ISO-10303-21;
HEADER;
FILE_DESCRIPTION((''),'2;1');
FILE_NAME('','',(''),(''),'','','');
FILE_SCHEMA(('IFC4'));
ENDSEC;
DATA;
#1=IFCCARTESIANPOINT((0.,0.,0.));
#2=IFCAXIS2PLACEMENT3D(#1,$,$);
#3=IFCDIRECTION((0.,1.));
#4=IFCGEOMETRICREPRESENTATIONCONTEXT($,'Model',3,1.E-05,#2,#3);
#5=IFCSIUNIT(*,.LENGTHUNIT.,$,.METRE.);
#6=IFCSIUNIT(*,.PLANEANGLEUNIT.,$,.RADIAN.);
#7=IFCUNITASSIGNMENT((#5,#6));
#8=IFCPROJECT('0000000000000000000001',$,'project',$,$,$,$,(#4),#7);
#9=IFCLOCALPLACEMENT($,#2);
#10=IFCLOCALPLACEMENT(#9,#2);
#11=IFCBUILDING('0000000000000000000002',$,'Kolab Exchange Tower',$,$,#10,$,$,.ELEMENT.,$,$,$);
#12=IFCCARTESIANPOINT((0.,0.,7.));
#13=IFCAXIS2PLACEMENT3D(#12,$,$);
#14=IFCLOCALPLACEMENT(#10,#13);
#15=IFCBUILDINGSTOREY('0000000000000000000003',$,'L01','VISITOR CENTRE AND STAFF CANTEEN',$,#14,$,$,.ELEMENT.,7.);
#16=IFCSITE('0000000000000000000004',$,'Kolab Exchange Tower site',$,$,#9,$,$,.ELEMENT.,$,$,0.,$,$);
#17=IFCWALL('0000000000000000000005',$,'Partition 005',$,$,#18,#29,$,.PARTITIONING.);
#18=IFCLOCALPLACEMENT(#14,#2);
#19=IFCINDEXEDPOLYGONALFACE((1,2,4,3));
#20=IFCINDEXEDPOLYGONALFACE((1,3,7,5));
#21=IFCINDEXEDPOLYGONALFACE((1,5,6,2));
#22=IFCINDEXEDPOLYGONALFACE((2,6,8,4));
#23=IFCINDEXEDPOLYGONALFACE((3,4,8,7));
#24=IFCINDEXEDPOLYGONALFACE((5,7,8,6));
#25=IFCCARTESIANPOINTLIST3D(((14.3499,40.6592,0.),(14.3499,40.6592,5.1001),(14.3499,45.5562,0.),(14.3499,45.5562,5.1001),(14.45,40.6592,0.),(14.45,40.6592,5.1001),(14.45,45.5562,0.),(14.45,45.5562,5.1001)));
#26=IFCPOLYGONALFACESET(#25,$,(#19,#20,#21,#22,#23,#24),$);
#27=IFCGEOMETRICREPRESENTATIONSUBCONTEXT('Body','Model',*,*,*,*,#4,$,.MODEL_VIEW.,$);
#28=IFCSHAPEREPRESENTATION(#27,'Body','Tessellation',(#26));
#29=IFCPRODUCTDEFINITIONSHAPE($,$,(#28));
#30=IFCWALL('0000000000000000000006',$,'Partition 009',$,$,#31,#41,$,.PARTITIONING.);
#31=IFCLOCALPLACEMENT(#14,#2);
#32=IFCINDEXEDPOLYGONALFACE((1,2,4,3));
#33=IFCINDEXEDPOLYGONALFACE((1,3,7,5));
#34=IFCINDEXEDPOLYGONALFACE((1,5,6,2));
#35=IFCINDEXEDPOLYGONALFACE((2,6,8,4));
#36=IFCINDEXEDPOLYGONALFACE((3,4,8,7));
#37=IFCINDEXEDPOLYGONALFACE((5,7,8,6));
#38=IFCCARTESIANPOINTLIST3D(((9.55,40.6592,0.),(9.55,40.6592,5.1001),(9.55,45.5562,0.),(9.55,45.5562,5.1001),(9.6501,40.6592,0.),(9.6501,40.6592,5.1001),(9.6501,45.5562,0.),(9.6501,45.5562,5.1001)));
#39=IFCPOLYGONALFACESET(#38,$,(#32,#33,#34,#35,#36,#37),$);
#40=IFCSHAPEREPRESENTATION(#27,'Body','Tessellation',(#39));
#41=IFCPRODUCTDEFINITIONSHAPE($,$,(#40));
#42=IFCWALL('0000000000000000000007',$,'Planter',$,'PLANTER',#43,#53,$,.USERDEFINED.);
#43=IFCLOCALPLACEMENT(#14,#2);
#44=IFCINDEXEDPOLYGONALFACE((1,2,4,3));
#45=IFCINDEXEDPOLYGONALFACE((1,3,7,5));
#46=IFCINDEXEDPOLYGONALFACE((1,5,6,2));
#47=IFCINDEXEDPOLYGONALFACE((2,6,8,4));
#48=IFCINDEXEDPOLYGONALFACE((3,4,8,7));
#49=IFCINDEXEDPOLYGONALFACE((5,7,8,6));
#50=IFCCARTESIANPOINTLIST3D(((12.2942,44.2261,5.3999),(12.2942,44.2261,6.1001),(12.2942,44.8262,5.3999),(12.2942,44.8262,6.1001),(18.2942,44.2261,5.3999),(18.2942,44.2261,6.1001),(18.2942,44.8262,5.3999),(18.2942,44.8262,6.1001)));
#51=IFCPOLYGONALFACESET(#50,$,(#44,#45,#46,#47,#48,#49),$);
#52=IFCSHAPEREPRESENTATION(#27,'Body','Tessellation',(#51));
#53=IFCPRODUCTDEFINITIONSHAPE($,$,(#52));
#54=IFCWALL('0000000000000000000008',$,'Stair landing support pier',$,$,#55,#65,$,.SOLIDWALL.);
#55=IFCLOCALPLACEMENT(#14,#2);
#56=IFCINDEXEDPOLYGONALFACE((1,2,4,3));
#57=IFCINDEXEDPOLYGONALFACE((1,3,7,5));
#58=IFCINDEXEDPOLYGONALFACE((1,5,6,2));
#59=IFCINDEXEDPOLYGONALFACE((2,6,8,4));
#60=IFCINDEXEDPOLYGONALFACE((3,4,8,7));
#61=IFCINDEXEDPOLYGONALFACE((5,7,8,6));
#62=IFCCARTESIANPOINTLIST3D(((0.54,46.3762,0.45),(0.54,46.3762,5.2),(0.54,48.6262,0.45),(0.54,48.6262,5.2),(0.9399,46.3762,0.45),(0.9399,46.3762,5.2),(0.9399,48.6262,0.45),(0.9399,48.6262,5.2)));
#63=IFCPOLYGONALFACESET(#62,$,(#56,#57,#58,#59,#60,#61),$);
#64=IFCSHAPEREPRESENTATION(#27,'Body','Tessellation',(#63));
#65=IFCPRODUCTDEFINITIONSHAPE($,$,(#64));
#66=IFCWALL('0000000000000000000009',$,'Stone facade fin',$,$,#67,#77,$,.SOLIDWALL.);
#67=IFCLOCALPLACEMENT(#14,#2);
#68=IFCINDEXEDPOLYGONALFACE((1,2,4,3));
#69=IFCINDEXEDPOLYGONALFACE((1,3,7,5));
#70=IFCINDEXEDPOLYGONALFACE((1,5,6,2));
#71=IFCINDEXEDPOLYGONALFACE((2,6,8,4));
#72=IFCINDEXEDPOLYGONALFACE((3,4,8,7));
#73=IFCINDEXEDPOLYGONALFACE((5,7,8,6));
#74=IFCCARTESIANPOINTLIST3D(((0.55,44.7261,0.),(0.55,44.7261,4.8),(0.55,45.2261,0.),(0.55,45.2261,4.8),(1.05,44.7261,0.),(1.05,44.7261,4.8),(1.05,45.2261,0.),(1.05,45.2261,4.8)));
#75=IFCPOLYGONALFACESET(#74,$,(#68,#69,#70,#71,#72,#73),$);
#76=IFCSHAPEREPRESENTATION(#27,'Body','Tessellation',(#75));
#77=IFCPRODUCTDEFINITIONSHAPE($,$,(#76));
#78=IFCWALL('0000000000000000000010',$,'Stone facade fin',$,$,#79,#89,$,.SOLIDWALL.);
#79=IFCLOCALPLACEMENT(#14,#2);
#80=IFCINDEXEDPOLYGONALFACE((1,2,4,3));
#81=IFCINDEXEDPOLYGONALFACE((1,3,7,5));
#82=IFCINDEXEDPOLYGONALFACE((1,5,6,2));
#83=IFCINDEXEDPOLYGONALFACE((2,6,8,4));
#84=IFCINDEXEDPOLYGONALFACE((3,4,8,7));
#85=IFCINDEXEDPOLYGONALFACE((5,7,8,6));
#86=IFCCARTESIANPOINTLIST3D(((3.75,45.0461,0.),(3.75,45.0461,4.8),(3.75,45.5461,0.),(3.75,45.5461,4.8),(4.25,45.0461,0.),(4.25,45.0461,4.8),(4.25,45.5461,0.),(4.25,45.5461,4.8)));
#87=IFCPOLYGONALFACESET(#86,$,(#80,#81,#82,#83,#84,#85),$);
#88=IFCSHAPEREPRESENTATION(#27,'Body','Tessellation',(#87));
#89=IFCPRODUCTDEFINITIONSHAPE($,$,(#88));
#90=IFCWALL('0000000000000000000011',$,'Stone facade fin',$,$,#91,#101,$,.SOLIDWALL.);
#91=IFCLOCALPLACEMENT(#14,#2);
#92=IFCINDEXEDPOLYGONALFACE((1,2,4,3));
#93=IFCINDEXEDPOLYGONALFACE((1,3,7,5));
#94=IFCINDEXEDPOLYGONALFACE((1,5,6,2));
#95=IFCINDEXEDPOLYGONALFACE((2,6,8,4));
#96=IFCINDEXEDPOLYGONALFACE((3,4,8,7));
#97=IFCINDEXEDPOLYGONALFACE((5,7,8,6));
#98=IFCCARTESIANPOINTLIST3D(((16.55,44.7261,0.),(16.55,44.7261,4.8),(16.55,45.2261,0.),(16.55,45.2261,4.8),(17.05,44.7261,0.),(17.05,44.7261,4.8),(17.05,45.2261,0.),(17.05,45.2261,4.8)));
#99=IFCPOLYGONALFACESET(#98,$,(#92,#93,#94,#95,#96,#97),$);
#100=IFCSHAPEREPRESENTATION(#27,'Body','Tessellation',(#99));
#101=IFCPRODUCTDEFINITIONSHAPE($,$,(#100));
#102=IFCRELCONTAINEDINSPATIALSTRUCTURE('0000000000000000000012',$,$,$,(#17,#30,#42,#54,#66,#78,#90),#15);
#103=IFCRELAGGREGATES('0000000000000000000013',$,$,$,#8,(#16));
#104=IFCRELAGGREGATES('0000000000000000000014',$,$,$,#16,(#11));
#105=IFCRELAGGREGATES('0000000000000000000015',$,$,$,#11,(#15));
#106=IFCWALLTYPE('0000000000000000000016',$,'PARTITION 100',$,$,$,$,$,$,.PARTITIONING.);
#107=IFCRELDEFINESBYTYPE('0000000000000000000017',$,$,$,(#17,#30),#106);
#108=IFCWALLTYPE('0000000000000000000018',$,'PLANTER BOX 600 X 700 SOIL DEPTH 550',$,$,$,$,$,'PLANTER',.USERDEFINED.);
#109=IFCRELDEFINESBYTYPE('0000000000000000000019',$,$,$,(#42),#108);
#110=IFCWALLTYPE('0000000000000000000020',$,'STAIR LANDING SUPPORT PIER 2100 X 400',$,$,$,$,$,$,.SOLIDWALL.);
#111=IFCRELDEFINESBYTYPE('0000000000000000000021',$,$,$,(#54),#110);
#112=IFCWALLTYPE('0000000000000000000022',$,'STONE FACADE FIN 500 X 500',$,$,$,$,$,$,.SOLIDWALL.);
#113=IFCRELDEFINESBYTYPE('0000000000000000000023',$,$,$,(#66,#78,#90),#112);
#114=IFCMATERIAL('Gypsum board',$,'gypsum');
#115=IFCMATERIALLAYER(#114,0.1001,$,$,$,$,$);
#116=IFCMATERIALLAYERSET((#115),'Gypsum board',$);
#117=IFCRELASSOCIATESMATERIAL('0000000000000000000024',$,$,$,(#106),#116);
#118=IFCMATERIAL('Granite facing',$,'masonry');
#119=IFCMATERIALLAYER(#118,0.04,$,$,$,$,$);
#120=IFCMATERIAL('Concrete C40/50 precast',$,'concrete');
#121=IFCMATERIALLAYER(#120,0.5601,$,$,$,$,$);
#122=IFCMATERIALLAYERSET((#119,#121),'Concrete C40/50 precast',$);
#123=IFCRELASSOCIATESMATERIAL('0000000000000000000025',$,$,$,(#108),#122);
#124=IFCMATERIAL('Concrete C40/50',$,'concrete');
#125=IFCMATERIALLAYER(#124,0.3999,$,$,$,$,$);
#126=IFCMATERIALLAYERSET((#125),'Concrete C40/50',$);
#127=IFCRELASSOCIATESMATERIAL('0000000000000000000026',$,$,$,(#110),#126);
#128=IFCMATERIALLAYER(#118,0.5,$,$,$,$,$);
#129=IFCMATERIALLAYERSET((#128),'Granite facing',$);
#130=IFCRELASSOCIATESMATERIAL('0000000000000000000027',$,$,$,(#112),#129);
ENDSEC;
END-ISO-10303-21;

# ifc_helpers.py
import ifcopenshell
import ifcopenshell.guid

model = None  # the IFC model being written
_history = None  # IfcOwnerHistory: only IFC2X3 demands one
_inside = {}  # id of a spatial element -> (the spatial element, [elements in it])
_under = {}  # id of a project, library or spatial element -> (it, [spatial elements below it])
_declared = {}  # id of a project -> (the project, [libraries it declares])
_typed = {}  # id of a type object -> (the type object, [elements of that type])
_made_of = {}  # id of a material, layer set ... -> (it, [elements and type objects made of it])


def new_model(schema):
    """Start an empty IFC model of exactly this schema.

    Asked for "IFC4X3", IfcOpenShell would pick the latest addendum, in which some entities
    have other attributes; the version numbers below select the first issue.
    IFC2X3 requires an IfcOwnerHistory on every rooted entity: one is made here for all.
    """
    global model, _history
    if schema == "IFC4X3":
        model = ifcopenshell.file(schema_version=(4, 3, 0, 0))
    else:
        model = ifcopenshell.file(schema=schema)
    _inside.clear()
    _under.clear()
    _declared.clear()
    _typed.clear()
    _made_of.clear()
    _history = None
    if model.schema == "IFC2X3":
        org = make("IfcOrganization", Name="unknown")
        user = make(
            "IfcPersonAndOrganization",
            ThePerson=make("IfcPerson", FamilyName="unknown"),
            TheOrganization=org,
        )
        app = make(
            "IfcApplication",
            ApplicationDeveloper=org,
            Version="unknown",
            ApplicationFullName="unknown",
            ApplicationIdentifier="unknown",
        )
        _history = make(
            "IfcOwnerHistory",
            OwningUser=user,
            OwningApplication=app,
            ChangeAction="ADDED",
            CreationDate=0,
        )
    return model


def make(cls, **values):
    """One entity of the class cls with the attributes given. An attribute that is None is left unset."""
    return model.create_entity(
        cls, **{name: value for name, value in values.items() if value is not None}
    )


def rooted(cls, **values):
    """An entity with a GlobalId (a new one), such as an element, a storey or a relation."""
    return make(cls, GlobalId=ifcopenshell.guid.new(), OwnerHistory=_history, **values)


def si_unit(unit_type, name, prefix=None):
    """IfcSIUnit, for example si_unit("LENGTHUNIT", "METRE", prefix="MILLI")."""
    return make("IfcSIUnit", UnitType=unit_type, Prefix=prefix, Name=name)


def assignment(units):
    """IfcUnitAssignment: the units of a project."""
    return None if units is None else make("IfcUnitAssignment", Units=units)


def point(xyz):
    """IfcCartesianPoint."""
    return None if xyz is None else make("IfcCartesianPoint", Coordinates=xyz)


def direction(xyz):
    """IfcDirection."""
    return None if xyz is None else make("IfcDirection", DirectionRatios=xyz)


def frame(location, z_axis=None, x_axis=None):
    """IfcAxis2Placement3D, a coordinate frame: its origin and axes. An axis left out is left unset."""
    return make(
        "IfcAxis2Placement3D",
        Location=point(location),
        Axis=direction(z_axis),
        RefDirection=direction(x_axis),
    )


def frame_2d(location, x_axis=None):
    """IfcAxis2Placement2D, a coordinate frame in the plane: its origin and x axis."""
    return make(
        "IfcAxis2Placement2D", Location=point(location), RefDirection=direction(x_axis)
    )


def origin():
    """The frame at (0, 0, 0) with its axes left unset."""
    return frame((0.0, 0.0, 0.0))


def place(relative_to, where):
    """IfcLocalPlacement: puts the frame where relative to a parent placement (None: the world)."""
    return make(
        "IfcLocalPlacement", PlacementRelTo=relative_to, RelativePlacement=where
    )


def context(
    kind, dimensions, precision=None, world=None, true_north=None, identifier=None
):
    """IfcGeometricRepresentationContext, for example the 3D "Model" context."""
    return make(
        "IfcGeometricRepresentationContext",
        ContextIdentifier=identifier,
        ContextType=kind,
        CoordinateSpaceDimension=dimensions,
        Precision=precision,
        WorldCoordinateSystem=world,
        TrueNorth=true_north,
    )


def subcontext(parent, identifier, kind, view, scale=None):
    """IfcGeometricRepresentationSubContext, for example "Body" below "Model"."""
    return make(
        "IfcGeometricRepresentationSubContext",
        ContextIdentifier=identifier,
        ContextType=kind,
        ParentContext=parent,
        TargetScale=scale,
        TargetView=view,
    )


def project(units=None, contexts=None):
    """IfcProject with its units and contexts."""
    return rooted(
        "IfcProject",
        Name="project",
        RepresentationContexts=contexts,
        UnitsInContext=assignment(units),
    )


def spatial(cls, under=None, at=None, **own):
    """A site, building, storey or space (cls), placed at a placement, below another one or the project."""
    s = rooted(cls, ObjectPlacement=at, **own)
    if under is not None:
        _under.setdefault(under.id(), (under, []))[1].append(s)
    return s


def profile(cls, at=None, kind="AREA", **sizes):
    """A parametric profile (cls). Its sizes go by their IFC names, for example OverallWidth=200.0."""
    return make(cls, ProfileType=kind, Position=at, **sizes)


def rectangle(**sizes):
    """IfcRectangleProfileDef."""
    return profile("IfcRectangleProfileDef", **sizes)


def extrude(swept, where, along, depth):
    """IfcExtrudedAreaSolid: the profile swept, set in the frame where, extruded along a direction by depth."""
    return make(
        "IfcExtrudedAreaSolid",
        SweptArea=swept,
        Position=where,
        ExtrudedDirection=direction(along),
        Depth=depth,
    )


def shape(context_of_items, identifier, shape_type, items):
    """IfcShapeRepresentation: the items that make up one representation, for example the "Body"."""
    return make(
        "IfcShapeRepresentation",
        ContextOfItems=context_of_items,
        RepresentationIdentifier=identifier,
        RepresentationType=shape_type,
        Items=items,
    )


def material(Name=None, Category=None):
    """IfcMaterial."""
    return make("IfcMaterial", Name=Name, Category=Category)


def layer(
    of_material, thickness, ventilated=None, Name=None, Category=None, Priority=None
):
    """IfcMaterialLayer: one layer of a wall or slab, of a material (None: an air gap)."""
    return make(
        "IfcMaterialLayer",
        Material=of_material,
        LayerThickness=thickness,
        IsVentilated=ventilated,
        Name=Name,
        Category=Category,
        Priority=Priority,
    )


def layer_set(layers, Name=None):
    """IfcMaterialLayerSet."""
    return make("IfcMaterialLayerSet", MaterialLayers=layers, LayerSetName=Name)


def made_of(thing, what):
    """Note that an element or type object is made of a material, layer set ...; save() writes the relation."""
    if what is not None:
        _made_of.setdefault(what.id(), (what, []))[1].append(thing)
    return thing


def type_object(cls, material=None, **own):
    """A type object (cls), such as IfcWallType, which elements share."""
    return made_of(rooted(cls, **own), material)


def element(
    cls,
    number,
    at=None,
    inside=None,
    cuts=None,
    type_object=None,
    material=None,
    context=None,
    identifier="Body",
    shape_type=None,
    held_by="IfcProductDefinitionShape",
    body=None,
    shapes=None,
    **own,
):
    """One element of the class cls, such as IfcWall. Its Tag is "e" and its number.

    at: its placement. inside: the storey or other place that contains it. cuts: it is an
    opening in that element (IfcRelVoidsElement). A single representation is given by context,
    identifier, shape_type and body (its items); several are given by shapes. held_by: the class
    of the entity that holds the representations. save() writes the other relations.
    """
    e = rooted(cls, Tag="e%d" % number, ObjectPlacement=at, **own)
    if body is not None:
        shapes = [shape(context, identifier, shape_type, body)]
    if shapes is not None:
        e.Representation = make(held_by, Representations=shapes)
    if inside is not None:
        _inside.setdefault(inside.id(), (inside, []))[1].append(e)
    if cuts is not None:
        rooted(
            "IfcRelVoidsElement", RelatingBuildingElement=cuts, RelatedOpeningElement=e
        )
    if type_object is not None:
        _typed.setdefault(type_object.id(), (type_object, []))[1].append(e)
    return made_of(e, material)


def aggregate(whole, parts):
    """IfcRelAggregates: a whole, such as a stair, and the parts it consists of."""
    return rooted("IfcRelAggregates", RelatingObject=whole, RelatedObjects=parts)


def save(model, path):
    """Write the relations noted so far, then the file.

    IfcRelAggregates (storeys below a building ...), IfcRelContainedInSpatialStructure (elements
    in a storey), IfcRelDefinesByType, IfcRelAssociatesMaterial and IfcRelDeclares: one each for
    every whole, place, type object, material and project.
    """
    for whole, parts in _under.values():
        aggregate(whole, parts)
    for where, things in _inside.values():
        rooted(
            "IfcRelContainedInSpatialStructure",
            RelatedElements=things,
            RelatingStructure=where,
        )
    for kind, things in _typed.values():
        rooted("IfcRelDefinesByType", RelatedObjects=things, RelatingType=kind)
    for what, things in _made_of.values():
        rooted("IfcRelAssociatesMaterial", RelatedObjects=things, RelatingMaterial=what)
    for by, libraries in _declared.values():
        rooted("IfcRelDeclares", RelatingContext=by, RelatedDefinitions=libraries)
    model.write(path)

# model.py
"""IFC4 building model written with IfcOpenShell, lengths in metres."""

from ifc_helpers import new_model, si_unit, direction, frame, frame_2d, origin, place, context, subcontext, project, spatial, rectangle, extrude, material, layer, layer_set, type_object, element, save


model = new_model("IFC4")

# Units and contexts
model_context = context("Model", 3, precision=1e-05, world=origin(), true_north=direction((0.0, 1.0)))
body_context = subcontext(model_context, "Body", "Model", "MODEL_VIEW")
ifc_project = project(units=[si_unit("LENGTHUNIT", "METRE"), si_unit("PLANEANGLEUNIT", "RADIAN")], contexts=[model_context])

# Site, building, storey
site_placement = place(None, origin())
site = spatial("IfcSite", under=ifc_project, at=site_placement, Name="Kolab Exchange Tower site", CompositionType="ELEMENT", RefElevation=0.0)
building_placement = place(site_placement, origin())
building = spatial("IfcBuilding", under=site, at=building_placement, Name="Kolab Exchange Tower", CompositionType="ELEMENT")
storey_placement = place(building_placement, frame((0.0, 0.0, 7.0)))
storey = spatial("IfcBuildingStorey", under=building, at=storey_placement, Name="L01", Description="VISITOR CENTRE AND STAFF CANTEEN", CompositionType="ELEMENT", Elevation=7.0)

# Walls
ifc_material_1 = material(Name="Gypsum board", Category="gypsum")
ifc_layer_1 = layer(ifc_material_1, 0.1001)
ifc_layer_set_1 = layer_set([ifc_layer_1], Name="Gypsum board")
wall_type_1 = type_object("IfcWallType", Name="PARTITION 100", PredefinedType="PARTITIONING", material=ifc_layer_set_1)
for number, where, z_axis, x_axis, name in (
    (1, (14.3999, 40.6592, 0.0), (0.0, 0.0, 1.0), (0.0, 1.0, 0.0), "Partition 005"),
    (2, (9.6001, 40.6592, 0.0), (0.0, 0.0, 1.0), (0.0, 1.0, 0.0), "Partition 009"),
):
    element("IfcWall", number, at=place(storey_placement, frame(where, z_axis=z_axis, x_axis=x_axis)), inside=storey, type_object=wall_type_1, Name=name, PredefinedType="PARTITIONING", context=body_context, shape_type="SweptSolid", body=[
        extrude(rectangle(XDim=4.897, YDim=0.1001, at=frame_2d((2.4485, 0.0))), origin(), (0.0, 0.0, 1.0), 5.1001),
    ])
ifc_material_2 = material(Name="Granite facing", Category="masonry")
ifc_layer_2 = layer(ifc_material_2, 0.04)
ifc_material_3 = material(Name="Concrete C40/50 precast", Category="concrete")
ifc_layer_3 = layer(ifc_material_3, 0.5601)
ifc_layer_set_2 = layer_set([ifc_layer_2, ifc_layer_3], Name="Concrete C40/50 precast")
wall_type_2 = type_object("IfcWallType", Name="PLANTER BOX 600 X 700 SOIL DEPTH 550", ElementType="PLANTER", PredefinedType="USERDEFINED", material=ifc_layer_set_2)
wall_1_placement = place(storey_placement, frame((12.2942, 44.5261, 5.3999), z_axis=(0.0, 0.0, 1.0), x_axis=(1.0, 0.0, 0.0)))
element("IfcWall", 3, at=wall_1_placement, inside=storey, type_object=wall_type_2, Name="Planter", ObjectType="PLANTER", PredefinedType="USERDEFINED", context=body_context, shape_type="SweptSolid", body=[
    extrude(rectangle(XDim=6.0, YDim=0.6001, at=frame_2d((3.0, 0.0))), origin(), (0.0, 0.0, 1.0), 0.7002),
])
ifc_material_4 = material(Name="Concrete C40/50", Category="concrete")
ifc_layer_4 = layer(ifc_material_4, 0.3999)
ifc_layer_set_3 = layer_set([ifc_layer_4], Name="Concrete C40/50")
wall_type_3 = type_object("IfcWallType", Name="STAIR LANDING SUPPORT PIER 2100 X 400", PredefinedType="SOLIDWALL", material=ifc_layer_set_3)
wall_2_placement = place(storey_placement, frame((0.74, 46.3762, 0.45), z_axis=(0.0, 0.0, 1.0), x_axis=(0.0, 1.0, 0.0)))
element("IfcWall", 4, at=wall_2_placement, inside=storey, type_object=wall_type_3, Name="Stair landing support pier", PredefinedType="SOLIDWALL", context=body_context, shape_type="SweptSolid", body=[
    extrude(rectangle(XDim=2.25, YDim=0.3999, at=frame_2d((1.125, 0.0))), origin(), (0.0, 0.0, 1.0), 4.75),
])
ifc_layer_5 = layer(ifc_material_2, 0.5)
ifc_layer_set_4 = layer_set([ifc_layer_5], Name="Granite facing")
wall_type_4 = type_object("IfcWallType", Name="STONE FACADE FIN 500 X 500", PredefinedType="SOLIDWALL", material=ifc_layer_set_4)
for number, where, z_axis, x_axis, name in (
    (5, (0.55, 44.9761, 0.0), (0.0, 0.0, 1.0), (1.0, 0.0, 0.0), "Stone facade fin"),
    (6, (3.75, 45.2961, 0.0), (0.0, 0.0, 1.0), (1.0, 0.0, 0.0), "Stone facade fin"),
    (7, (16.55, 44.9761, 0.0), (0.0, 0.0, 1.0), (1.0, 0.0, 0.0), "Stone facade fin"),
):
    element("IfcWall", number, at=place(storey_placement, frame(where, z_axis=z_axis, x_axis=x_axis)), inside=storey, type_object=wall_type_4, Name=name, PredefinedType="SOLIDWALL", context=body_context, shape_type="SweptSolid", body=[
        extrude(rectangle(XDim=0.5, YDim=0.5, at=frame_2d((0.25, 0.0))), origin(), (0.0, 0.0, 1.0), 4.8),
    ])

save(model, "model.ifc")
